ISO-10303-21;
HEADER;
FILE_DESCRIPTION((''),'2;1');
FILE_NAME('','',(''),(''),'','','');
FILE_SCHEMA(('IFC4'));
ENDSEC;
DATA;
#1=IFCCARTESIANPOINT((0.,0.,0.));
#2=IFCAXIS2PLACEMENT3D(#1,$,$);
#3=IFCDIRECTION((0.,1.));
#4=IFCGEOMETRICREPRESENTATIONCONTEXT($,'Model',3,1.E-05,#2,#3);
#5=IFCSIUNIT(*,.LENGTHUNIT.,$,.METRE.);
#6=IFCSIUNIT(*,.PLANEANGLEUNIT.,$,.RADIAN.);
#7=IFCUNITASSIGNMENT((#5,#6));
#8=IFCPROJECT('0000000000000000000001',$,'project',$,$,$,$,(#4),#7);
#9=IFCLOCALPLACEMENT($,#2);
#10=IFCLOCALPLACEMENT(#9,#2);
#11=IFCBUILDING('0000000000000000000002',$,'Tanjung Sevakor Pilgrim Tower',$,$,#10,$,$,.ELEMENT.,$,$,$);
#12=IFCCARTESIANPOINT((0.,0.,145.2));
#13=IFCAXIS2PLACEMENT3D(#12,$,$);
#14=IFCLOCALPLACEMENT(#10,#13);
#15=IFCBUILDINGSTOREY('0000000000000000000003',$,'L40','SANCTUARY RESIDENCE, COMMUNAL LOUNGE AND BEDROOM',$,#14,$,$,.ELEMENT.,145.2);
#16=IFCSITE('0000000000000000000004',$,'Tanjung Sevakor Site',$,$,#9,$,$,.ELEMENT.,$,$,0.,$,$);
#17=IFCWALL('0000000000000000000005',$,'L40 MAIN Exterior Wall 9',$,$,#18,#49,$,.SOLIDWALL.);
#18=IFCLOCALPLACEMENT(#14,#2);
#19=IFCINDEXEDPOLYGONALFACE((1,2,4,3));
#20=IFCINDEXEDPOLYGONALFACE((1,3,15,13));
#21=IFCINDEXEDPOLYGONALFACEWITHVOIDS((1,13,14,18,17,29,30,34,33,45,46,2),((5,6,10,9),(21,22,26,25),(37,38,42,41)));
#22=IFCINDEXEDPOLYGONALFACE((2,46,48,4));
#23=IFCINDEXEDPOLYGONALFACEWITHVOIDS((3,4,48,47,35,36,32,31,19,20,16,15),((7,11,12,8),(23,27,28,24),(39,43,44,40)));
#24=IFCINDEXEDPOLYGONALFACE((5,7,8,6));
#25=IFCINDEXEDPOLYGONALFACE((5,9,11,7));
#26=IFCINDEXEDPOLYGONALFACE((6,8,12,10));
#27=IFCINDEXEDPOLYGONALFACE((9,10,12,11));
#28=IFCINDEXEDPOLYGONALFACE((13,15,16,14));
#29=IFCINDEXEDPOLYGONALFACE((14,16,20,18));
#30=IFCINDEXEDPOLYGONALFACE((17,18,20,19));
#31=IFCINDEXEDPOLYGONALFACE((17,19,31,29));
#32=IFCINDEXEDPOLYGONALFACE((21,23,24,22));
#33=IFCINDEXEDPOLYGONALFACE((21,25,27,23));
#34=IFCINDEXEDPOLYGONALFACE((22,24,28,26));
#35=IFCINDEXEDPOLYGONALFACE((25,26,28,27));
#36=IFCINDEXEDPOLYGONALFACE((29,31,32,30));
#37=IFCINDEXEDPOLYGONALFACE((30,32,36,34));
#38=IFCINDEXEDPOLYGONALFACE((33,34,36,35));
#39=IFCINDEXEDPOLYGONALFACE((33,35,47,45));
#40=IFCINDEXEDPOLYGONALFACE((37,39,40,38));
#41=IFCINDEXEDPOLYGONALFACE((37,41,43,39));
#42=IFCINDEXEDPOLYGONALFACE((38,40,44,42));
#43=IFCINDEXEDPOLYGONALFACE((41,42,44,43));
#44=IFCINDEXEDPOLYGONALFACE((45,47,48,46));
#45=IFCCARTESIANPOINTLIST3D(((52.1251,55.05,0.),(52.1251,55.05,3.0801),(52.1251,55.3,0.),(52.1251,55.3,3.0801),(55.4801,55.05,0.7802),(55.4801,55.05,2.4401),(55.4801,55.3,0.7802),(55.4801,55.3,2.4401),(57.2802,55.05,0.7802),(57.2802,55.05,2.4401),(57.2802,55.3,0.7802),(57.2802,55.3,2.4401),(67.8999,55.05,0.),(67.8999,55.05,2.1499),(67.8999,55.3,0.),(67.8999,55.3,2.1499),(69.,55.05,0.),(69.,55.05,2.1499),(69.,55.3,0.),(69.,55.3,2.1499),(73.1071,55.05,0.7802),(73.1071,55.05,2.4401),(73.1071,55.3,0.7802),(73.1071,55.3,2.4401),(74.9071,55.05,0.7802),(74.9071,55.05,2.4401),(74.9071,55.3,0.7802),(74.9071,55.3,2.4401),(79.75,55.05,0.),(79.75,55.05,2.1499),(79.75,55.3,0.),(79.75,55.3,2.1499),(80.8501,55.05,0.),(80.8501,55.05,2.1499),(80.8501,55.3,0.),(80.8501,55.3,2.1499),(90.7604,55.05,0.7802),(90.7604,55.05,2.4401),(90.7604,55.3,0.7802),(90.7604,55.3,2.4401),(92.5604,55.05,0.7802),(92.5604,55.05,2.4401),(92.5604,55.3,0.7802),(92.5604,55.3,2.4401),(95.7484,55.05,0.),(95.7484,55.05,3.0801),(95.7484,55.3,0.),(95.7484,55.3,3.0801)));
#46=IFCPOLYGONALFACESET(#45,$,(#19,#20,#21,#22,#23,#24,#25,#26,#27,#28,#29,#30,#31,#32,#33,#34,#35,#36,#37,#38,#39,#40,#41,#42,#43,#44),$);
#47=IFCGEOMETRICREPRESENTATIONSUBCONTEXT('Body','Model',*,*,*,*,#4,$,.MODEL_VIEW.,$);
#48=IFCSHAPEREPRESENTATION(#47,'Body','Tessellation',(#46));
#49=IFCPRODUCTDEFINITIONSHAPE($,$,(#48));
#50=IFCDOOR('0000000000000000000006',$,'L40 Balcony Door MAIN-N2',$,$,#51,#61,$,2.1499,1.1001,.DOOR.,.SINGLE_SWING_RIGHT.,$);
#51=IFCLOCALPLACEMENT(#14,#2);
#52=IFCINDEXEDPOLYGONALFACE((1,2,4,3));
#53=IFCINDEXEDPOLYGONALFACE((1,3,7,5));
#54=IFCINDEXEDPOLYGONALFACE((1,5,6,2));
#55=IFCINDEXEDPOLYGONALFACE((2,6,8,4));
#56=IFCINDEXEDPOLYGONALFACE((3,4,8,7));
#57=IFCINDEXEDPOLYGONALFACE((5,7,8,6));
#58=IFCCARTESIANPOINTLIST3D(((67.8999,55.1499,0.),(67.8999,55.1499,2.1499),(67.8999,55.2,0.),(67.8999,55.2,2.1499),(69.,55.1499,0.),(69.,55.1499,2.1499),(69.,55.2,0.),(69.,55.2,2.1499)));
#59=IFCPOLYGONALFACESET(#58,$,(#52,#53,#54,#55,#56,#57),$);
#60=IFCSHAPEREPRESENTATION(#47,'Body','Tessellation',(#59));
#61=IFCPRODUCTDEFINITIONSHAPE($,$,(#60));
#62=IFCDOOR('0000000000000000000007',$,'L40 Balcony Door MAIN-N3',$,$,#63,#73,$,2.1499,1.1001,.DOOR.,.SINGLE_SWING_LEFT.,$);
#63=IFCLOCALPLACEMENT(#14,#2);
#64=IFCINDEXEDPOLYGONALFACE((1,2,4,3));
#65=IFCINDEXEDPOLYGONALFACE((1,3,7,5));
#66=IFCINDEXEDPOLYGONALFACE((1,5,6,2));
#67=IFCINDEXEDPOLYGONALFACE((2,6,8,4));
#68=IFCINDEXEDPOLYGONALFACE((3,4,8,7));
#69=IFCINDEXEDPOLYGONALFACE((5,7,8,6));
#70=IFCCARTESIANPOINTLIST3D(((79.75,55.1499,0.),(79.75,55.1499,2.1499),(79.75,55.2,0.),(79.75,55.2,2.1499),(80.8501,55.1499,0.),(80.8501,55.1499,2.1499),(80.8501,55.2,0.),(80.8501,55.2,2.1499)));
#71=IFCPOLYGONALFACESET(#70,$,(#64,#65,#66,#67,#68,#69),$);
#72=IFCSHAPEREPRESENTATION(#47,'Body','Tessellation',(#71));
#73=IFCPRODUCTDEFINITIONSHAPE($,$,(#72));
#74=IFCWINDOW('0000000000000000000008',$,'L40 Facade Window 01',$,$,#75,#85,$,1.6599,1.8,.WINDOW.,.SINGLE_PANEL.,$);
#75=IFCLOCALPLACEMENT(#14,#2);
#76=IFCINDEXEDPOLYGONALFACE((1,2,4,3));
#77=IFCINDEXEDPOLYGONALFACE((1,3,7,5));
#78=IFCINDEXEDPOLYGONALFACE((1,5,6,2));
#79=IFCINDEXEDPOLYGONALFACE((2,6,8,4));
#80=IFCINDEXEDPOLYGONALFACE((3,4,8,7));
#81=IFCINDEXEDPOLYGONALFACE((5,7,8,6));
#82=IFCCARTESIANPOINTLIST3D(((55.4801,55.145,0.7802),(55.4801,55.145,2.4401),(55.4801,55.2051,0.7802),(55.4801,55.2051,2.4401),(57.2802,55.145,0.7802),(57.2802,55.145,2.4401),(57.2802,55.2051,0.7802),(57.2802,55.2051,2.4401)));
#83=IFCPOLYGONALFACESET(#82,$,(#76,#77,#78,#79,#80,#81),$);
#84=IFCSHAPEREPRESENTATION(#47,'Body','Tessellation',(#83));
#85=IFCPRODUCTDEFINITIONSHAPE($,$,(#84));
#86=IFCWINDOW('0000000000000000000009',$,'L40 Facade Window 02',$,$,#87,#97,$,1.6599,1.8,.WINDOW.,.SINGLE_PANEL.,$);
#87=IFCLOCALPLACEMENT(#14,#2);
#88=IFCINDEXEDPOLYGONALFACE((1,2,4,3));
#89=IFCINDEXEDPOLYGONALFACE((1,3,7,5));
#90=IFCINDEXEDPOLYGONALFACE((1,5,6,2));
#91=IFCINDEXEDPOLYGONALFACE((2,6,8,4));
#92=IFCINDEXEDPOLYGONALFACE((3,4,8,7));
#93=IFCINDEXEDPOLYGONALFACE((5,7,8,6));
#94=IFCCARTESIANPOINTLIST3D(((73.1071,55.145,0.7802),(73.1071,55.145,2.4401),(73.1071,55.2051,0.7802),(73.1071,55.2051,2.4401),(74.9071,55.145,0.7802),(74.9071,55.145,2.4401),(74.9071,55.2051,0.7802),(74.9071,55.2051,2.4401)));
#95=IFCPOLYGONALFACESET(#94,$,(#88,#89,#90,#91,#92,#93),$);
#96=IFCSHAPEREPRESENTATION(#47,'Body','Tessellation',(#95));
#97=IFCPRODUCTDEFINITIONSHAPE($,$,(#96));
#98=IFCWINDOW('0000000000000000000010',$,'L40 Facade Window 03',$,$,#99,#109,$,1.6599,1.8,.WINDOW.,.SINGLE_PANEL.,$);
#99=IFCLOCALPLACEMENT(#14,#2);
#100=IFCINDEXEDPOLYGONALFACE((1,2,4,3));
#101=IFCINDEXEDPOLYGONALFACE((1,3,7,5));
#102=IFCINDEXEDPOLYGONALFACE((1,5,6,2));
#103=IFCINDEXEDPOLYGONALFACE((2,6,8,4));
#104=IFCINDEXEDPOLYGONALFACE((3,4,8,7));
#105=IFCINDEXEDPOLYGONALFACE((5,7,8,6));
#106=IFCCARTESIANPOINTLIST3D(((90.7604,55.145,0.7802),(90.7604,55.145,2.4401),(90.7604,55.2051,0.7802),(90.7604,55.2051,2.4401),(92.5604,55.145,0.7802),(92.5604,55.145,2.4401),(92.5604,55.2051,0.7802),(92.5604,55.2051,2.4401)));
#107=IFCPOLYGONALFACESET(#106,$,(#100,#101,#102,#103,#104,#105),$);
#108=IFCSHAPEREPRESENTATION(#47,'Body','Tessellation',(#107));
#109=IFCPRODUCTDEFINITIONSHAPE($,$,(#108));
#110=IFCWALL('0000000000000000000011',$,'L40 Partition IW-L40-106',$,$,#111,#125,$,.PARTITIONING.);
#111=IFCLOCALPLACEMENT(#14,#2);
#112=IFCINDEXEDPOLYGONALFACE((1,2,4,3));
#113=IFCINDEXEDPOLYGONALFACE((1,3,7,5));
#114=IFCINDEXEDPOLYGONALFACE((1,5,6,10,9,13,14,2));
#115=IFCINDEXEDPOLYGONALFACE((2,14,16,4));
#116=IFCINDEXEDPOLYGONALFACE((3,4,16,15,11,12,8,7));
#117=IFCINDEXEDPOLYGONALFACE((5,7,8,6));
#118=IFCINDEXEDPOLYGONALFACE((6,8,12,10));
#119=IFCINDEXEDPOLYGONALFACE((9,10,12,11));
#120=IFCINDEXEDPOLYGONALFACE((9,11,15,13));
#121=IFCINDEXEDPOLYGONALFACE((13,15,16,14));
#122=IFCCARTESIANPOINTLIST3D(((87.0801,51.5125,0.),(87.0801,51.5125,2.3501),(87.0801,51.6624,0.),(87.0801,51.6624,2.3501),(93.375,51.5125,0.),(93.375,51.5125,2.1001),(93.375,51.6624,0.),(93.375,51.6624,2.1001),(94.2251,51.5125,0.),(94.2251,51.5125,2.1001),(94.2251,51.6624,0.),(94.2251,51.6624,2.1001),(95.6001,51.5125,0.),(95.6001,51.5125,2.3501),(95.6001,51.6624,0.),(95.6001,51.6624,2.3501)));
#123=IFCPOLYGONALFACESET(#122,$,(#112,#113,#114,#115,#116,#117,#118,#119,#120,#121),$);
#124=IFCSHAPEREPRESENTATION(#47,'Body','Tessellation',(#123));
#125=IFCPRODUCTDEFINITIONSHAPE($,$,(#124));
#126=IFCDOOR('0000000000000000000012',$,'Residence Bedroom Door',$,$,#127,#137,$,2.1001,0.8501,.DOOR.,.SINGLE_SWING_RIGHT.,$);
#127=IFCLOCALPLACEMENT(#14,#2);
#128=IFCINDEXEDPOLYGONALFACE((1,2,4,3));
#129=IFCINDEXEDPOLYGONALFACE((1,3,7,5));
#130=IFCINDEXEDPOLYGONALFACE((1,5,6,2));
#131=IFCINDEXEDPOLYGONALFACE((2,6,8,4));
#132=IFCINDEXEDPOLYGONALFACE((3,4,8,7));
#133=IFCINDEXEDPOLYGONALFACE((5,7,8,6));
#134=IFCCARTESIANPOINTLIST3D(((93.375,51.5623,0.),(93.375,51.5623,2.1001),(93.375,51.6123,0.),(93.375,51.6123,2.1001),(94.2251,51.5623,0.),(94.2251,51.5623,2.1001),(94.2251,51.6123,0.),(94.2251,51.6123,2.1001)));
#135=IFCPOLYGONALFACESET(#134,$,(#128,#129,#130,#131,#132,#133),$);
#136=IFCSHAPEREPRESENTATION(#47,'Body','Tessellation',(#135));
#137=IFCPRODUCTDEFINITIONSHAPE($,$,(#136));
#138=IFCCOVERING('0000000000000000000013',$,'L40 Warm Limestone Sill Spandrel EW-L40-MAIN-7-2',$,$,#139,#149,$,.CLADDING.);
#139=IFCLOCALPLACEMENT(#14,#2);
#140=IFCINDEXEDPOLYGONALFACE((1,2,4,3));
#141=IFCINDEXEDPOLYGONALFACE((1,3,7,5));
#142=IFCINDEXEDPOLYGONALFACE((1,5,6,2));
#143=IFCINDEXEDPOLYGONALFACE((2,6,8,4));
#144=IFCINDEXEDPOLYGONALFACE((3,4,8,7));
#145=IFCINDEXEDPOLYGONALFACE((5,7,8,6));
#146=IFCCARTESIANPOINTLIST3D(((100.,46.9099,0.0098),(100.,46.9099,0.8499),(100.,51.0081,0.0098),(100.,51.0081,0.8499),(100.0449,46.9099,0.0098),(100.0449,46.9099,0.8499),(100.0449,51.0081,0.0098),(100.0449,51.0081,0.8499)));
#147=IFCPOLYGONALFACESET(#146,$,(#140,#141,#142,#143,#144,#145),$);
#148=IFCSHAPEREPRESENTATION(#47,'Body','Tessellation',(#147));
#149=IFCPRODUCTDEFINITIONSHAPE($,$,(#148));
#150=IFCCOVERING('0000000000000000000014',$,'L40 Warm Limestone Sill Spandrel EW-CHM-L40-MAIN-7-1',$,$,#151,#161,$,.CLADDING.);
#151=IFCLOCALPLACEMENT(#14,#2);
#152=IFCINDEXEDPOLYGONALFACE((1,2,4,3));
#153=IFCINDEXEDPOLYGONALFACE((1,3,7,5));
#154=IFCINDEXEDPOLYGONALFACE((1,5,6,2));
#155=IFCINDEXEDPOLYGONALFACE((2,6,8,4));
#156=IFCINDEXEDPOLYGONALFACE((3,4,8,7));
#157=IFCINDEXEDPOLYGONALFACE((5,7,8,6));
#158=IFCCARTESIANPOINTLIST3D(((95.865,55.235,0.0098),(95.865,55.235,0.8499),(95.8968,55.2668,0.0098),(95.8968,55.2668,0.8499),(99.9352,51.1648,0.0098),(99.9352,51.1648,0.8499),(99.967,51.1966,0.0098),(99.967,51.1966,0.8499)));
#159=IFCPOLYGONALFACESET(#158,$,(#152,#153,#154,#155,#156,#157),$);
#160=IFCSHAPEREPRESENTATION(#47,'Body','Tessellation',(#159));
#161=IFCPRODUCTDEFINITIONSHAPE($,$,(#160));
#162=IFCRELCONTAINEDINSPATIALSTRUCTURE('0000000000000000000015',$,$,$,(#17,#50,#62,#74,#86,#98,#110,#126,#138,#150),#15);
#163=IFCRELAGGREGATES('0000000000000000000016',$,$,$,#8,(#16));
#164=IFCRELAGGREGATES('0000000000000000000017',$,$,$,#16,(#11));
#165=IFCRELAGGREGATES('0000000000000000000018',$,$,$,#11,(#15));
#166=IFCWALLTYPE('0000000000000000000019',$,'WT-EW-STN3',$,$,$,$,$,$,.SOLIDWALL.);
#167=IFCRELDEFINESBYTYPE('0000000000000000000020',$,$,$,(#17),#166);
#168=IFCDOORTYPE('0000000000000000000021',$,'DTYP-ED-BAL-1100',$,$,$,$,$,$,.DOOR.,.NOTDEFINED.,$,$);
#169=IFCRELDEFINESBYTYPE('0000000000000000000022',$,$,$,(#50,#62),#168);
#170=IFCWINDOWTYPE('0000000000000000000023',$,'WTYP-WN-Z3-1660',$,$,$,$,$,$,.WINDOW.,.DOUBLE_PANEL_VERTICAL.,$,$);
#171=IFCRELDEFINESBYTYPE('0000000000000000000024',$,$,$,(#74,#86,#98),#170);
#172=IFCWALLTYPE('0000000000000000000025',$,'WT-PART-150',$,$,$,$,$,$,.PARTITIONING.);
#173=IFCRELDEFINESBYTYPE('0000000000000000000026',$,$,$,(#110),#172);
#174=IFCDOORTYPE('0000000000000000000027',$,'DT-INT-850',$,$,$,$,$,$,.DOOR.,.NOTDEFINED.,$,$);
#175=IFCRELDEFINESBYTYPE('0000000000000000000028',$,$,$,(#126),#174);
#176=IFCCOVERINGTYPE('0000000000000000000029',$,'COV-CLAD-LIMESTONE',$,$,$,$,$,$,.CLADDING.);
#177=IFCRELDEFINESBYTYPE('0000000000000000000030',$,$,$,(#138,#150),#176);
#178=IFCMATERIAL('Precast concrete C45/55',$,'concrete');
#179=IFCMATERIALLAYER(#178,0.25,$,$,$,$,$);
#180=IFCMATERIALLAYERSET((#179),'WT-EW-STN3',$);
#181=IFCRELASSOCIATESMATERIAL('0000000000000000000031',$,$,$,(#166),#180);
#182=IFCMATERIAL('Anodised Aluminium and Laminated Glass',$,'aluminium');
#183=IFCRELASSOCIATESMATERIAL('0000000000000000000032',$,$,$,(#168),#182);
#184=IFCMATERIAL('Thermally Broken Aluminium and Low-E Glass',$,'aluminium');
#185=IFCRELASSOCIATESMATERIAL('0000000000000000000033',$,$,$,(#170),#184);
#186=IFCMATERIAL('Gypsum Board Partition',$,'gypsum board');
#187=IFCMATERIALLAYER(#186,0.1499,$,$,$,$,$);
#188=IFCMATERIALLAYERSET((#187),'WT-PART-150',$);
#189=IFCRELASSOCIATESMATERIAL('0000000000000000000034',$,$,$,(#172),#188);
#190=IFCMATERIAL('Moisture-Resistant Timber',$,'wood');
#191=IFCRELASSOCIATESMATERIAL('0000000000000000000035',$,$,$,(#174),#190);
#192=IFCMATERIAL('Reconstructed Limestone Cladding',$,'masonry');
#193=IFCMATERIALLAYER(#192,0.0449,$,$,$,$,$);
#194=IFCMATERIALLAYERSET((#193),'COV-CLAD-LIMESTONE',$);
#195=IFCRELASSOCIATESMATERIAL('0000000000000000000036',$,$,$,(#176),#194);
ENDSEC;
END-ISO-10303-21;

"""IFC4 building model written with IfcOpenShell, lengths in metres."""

from ifc_helpers import new_model, si_unit, direction, frame, frame_2d, origin, origin_2d, place, context, subcontext, project, spatial, rectangle, extrude, material, layer, layer_set, type_object, element, fill, save


model = new_model("IFC4")

# Units and contexts
model_context = context("Model", 3, precision=1e-05, world=origin(), true_north=direction((0.0, 1.0)))
body_context = subcontext(model_context, "Body", "Model", "MODEL_VIEW")
ifc_project = project(units=[si_unit("LENGTHUNIT", "METRE"), si_unit("PLANEANGLEUNIT", "RADIAN")], contexts=[model_context])

# Site, building, storey
site_placement = place(None, origin())
site = spatial("IfcSite", under=ifc_project, at=site_placement, Name="Tanjung Sevakor Site", CompositionType="ELEMENT", RefElevation=0.0)
building_placement = place(site_placement, origin())
building = spatial("IfcBuilding", under=site, at=building_placement, Name="Tanjung Sevakor Pilgrim Tower", CompositionType="ELEMENT")
storey_placement = place(building_placement, frame((0.0, 0.0, 145.2)))
storey = spatial("IfcBuildingStorey", under=building, at=storey_placement, Name="L40", Description="SANCTUARY RESIDENCE, COMMUNAL LOUNGE AND BEDROOM", CompositionType="ELEMENT", Elevation=145.2)

# Shared definitions
ifc_material_1 = material(Name="Precast concrete C45/55", Category="concrete")
ifc_layer_1 = layer(ifc_material_1, 0.25)
ifc_layer_set_1 = layer_set([ifc_layer_1], Name="WT-EW-STN3")
wall_type_1 = type_object("IfcWallType", Name="WT-EW-STN3", PredefinedType="SOLIDWALL", material=ifc_layer_set_1)

# Wall, openings, doors, windows
wall_1_placement = place(storey_placement, frame((95.7483, 55.175, 0.0), z_axis=(0.0, 0.0, 1.0), x_axis=(-1.0, 0.0, 0.0)))
wall_1 = element("IfcWall", 1, at=wall_1_placement, inside=storey, type_object=wall_type_1, Name="L40 MAIN Exterior Wall 9", PredefinedType="SOLIDWALL", context=body_context, shape_type="SweptSolid", body=[
    extrude(rectangle(XDim=43.6233, YDim=0.25, at=frame_2d((21.8115, 0.0))), origin(), (0.0, 0.0, 1.0), 3.0801),
])
opening_1_placement = place(wall_1_placement, frame((26.7483, 0.0, 0.0)))
opening_1 = element("IfcOpeningElement", 2, at=opening_1_placement, cuts=wall_1, PredefinedType="OPENING", context=body_context, shape_type="SweptSolid", body=[
    extrude(rectangle(XDim=1.1001, YDim=2.1499, at=frame_2d((0.55, 1.075))), frame((0.0, 0.135, 0.0), z_axis=(0.0, -1.0, 0.0), x_axis=(1.0, 0.0, 0.0)), (0.0, 0.0, 1.0), 0.27),
])
opening_2_placement = place(wall_1_placement, frame((14.8982, 0.0, 0.0)))
opening_2 = element("IfcOpeningElement", 3, at=opening_2_placement, cuts=wall_1, PredefinedType="OPENING", context=body_context, shape_type="SweptSolid", body=[
    extrude(rectangle(XDim=1.1001, YDim=2.1499, at=frame_2d((0.55, 1.075))), frame((0.0, 0.135, 0.0), z_axis=(0.0, -1.0, 0.0), x_axis=(1.0, 0.0, 0.0)), (0.0, 0.0, 1.0), 0.27),
])
opening_3_placement = place(wall_1_placement, frame((38.4683, 0.0, 0.78)))
opening_3 = element("IfcOpeningElement", 4, at=opening_3_placement, cuts=wall_1, PredefinedType="OPENING", context=body_context, shape_type="SweptSolid", body=[
    extrude(rectangle(XDim=1.8, YDim=1.6599, at=frame_2d((0.8999, 0.8301))), frame((0.0, 0.135, 0.0), z_axis=(0.0, -1.0, 0.0), x_axis=(1.0, 0.0, 0.0)), (0.0, 0.0, 1.0), 0.27),
])
opening_4_placement = place(wall_1_placement, frame((20.8413, 0.0, 0.78)))
opening_4 = element("IfcOpeningElement", 5, at=opening_4_placement, cuts=wall_1, PredefinedType="OPENING", context=body_context, shape_type="SweptSolid", body=[
    extrude(rectangle(XDim=1.8, YDim=1.6599, at=frame_2d((0.8999, 0.8301))), frame((0.0, 0.135, 0.0), z_axis=(0.0, -1.0, 0.0), x_axis=(1.0, 0.0, 0.0)), (0.0, 0.0, 1.0), 0.27),
])
opening_5_placement = place(wall_1_placement, frame((3.188, 0.0, 0.78)))
opening_5 = element("IfcOpeningElement", 6, at=opening_5_placement, cuts=wall_1, PredefinedType="OPENING", context=body_context, shape_type="SweptSolid", body=[
    extrude(rectangle(XDim=1.8, YDim=1.6599, at=frame_2d((0.8999, 0.8301))), frame((0.0, 0.135, 0.0), z_axis=(0.0, -1.0, 0.0), x_axis=(1.0, 0.0, 0.0)), (0.0, 0.0, 1.0), 0.27),
])
ifc_material_2 = material(Name="Anodised Aluminium and Laminated Glass", Category="aluminium")
door_type_1 = type_object("IfcDoorType", Name="DTYP-ED-BAL-1100", OperationType="NOTDEFINED", PredefinedType="DOOR", material=ifc_material_2)
door_1_placement = place(opening_1_placement, frame((1.1001, 0.0, 0.0), z_axis=(0.0, 0.0, 1.0), x_axis=(-1.0, 0.0, 0.0)))
door_1 = element("IfcDoor", 7, at=door_1_placement, inside=storey, type_object=door_type_1, Name="L40 Balcony Door MAIN-N2", OperationType="SINGLE_SWING_RIGHT", OverallHeight=2.1499, OverallWidth=1.1001, PredefinedType="DOOR", context=body_context, shape_type="SweptSolid", body=[
    extrude(rectangle(XDim=1.1001, YDim=2.1499, at=frame_2d((0.55, 1.075))), frame((0.0, 0.0249, 0.0), z_axis=(0.0, -1.0, 0.0), x_axis=(1.0, 0.0, 0.0)), (0.0, 0.0, 1.0), 0.05),
])
fill(opening_1, door_1)
door_2_placement = place(opening_2_placement, frame((1.1001, 0.0, 0.0), z_axis=(0.0, 0.0, 1.0), x_axis=(-1.0, 0.0, 0.0)))
door_2 = element("IfcDoor", 8, at=door_2_placement, inside=storey, type_object=door_type_1, Name="L40 Balcony Door MAIN-N3", OperationType="SINGLE_SWING_LEFT", OverallHeight=2.1499, OverallWidth=1.1001, PredefinedType="DOOR", context=body_context, shape_type="SweptSolid", body=[
    extrude(rectangle(XDim=1.1001, YDim=2.1499, at=frame_2d((0.55, 1.075))), frame((0.0, 0.0249, 0.0), z_axis=(0.0, -1.0, 0.0), x_axis=(1.0, 0.0, 0.0)), (0.0, 0.0, 1.0), 0.05),
])
fill(opening_2, door_2)
ifc_material_3 = material(Name="Thermally Broken Aluminium and Low-E Glass", Category="aluminium")
window_type_1 = type_object("IfcWindowType", Name="WTYP-WN-Z3-1660", PartitioningType="DOUBLE_PANEL_VERTICAL", PredefinedType="WINDOW", material=ifc_material_3)
window_1_placement = place(opening_3_placement, origin())
window_1 = element("IfcWindow", 9, at=window_1_placement, inside=storey, type_object=window_type_1, Name="L40 Facade Window 01", OverallHeight=1.6599, OverallWidth=1.8, PartitioningType="SINGLE_PANEL", PredefinedType="WINDOW", context=body_context, shape_type="SweptSolid", body=[
    extrude(rectangle(XDim=1.8, YDim=1.6599, at=frame_2d((0.8999, 0.8301))), frame((0.0, 0.03, 0.0), z_axis=(0.0, -1.0, 0.0), x_axis=(1.0, 0.0, 0.0)), (0.0, 0.0, 1.0), 0.0601),
])
fill(opening_3, window_1)
window_2_placement = place(opening_4_placement, origin())
window_2 = element("IfcWindow", 10, at=window_2_placement, inside=storey, type_object=window_type_1, Name="L40 Facade Window 02", OverallHeight=1.6599, OverallWidth=1.8, PartitioningType="SINGLE_PANEL", PredefinedType="WINDOW", context=body_context, shape_type="SweptSolid", body=[
    extrude(rectangle(XDim=1.8, YDim=1.6599, at=frame_2d((0.8999, 0.8301))), frame((0.0, 0.03, 0.0), z_axis=(0.0, -1.0, 0.0), x_axis=(1.0, 0.0, 0.0)), (0.0, 0.0, 1.0), 0.0601),
])
fill(opening_4, window_2)
window_3_placement = place(opening_5_placement, origin())
window_3 = element("IfcWindow", 11, at=window_3_placement, inside=storey, type_object=window_type_1, Name="L40 Facade Window 03", OverallHeight=1.6599, OverallWidth=1.8, PartitioningType="SINGLE_PANEL", PredefinedType="WINDOW", context=body_context, shape_type="SweptSolid", body=[
    extrude(rectangle(XDim=1.8, YDim=1.6599, at=frame_2d((0.8999, 0.8301))), frame((0.0, 0.03, 0.0), z_axis=(0.0, -1.0, 0.0), x_axis=(1.0, 0.0, 0.0)), (0.0, 0.0, 1.0), 0.0601),
])
fill(opening_5, window_3)

# Wall, opening, door
ifc_material_4 = material(Name="Gypsum Board Partition", Category="gypsum board")
ifc_layer_2 = layer(ifc_material_4, 0.1499)
ifc_layer_set_2 = layer_set([ifc_layer_2], Name="WT-PART-150")
wall_type_2 = type_object("IfcWallType", Name="WT-PART-150", PredefinedType="PARTITIONING", material=ifc_layer_set_2)
wall_2_placement = place(storey_placement, frame((87.0801, 51.5874, 0.0), z_axis=(0.0, 0.0, 1.0), x_axis=(1.0, 0.0, 0.0)))
wall_2 = element("IfcWall", 12, at=wall_2_placement, inside=storey, type_object=wall_type_2, Name="L40 Partition IW-L40-106", PredefinedType="PARTITIONING", context=body_context, shape_type="SweptSolid", body=[
    extrude(rectangle(XDim=8.52, YDim=0.1499, at=frame_2d((4.26, 0.0))), origin(), (0.0, 0.0, 1.0), 2.3501),
])
opening_6_placement = place(wall_2_placement, frame((6.2949, 0.0, 0.0)))
opening_6 = element("IfcOpeningElement", 13, at=opening_6_placement, cuts=wall_2, PredefinedType="OPENING", context=body_context, shape_type="SweptSolid", body=[
    extrude(rectangle(XDim=0.8501, YDim=2.1001, at=frame_2d((0.425, 1.05))), frame((0.0, 0.085, 0.0), z_axis=(0.0, -1.0, 0.0), x_axis=(1.0, 0.0, 0.0)), (0.0, 0.0, 1.0), 0.1699),
])
ifc_material_5 = material(Name="Moisture-Resistant Timber", Category="wood")
door_type_2 = type_object("IfcDoorType", Name="DT-INT-850", OperationType="NOTDEFINED", PredefinedType="DOOR", material=ifc_material_5)
door_3_placement = place(opening_6_placement, origin())
door_3 = element("IfcDoor", 14, at=door_3_placement, inside=storey, type_object=door_type_2, Name="Residence Bedroom Door", OperationType="SINGLE_SWING_RIGHT", OverallHeight=2.1001, OverallWidth=0.8501, PredefinedType="DOOR", context=body_context, shape_type="SweptSolid", body=[
    extrude(rectangle(XDim=0.8501, YDim=2.1001, at=frame_2d((0.425, 1.05))), frame((0.0, 0.0249, 0.0), z_axis=(0.0, -1.0, 0.0), x_axis=(1.0, 0.0, 0.0)), (0.0, 0.0, 1.0), 0.05),
])
fill(opening_6, door_3)

# Coverings
ifc_material_6 = material(Name="Reconstructed Limestone Cladding", Category="masonry")
ifc_layer_3 = layer(ifc_material_6, 0.0449)
ifc_layer_set_3 = layer_set([ifc_layer_3], Name="COV-CLAD-LIMESTONE")
covering_type = type_object("IfcCoveringType", Name="COV-CLAD-LIMESTONE", PredefinedType="CLADDING", material=ifc_layer_set_3)
covering_1_placement = place(storey_placement, frame((100.0225, 48.959, 0.0098), z_axis=(0.0, 0.0, 1.0), x_axis=(0.0, 1.0, 0.0)))
element("IfcCovering", 15, at=covering_1_placement, inside=storey, type_object=covering_type, Name="L40 Warm Limestone Sill Spandrel EW-L40-MAIN-7-2", PredefinedType="CLADDING", context=body_context, shape_type="SweptSolid", body=[
    extrude(rectangle(XDim=4.0981, YDim=0.0449, at=origin_2d()), origin(), (0.0, 0.0, 1.0), 0.8401),
])
covering_2_placement = place(storey_placement, frame((97.916, 53.2158, 0.0098), z_axis=(0.0, 0.0, 1.0), x_axis=(-0.707107, 0.707107, 0.0)))
element("IfcCovering", 16, at=covering_2_placement, inside=storey, type_object=covering_type, Name="L40 Warm Limestone Sill Spandrel EW-CHM-L40-MAIN-7-1", PredefinedType="CLADDING", context=body_context, shape_type="SweptSolid", body=[
    extrude(rectangle(XDim=5.7561, YDim=0.0449, at=origin_2d()), origin(), (0.0, 0.0, 1.0), 0.8401),
])

save(model, "model.ifc")
